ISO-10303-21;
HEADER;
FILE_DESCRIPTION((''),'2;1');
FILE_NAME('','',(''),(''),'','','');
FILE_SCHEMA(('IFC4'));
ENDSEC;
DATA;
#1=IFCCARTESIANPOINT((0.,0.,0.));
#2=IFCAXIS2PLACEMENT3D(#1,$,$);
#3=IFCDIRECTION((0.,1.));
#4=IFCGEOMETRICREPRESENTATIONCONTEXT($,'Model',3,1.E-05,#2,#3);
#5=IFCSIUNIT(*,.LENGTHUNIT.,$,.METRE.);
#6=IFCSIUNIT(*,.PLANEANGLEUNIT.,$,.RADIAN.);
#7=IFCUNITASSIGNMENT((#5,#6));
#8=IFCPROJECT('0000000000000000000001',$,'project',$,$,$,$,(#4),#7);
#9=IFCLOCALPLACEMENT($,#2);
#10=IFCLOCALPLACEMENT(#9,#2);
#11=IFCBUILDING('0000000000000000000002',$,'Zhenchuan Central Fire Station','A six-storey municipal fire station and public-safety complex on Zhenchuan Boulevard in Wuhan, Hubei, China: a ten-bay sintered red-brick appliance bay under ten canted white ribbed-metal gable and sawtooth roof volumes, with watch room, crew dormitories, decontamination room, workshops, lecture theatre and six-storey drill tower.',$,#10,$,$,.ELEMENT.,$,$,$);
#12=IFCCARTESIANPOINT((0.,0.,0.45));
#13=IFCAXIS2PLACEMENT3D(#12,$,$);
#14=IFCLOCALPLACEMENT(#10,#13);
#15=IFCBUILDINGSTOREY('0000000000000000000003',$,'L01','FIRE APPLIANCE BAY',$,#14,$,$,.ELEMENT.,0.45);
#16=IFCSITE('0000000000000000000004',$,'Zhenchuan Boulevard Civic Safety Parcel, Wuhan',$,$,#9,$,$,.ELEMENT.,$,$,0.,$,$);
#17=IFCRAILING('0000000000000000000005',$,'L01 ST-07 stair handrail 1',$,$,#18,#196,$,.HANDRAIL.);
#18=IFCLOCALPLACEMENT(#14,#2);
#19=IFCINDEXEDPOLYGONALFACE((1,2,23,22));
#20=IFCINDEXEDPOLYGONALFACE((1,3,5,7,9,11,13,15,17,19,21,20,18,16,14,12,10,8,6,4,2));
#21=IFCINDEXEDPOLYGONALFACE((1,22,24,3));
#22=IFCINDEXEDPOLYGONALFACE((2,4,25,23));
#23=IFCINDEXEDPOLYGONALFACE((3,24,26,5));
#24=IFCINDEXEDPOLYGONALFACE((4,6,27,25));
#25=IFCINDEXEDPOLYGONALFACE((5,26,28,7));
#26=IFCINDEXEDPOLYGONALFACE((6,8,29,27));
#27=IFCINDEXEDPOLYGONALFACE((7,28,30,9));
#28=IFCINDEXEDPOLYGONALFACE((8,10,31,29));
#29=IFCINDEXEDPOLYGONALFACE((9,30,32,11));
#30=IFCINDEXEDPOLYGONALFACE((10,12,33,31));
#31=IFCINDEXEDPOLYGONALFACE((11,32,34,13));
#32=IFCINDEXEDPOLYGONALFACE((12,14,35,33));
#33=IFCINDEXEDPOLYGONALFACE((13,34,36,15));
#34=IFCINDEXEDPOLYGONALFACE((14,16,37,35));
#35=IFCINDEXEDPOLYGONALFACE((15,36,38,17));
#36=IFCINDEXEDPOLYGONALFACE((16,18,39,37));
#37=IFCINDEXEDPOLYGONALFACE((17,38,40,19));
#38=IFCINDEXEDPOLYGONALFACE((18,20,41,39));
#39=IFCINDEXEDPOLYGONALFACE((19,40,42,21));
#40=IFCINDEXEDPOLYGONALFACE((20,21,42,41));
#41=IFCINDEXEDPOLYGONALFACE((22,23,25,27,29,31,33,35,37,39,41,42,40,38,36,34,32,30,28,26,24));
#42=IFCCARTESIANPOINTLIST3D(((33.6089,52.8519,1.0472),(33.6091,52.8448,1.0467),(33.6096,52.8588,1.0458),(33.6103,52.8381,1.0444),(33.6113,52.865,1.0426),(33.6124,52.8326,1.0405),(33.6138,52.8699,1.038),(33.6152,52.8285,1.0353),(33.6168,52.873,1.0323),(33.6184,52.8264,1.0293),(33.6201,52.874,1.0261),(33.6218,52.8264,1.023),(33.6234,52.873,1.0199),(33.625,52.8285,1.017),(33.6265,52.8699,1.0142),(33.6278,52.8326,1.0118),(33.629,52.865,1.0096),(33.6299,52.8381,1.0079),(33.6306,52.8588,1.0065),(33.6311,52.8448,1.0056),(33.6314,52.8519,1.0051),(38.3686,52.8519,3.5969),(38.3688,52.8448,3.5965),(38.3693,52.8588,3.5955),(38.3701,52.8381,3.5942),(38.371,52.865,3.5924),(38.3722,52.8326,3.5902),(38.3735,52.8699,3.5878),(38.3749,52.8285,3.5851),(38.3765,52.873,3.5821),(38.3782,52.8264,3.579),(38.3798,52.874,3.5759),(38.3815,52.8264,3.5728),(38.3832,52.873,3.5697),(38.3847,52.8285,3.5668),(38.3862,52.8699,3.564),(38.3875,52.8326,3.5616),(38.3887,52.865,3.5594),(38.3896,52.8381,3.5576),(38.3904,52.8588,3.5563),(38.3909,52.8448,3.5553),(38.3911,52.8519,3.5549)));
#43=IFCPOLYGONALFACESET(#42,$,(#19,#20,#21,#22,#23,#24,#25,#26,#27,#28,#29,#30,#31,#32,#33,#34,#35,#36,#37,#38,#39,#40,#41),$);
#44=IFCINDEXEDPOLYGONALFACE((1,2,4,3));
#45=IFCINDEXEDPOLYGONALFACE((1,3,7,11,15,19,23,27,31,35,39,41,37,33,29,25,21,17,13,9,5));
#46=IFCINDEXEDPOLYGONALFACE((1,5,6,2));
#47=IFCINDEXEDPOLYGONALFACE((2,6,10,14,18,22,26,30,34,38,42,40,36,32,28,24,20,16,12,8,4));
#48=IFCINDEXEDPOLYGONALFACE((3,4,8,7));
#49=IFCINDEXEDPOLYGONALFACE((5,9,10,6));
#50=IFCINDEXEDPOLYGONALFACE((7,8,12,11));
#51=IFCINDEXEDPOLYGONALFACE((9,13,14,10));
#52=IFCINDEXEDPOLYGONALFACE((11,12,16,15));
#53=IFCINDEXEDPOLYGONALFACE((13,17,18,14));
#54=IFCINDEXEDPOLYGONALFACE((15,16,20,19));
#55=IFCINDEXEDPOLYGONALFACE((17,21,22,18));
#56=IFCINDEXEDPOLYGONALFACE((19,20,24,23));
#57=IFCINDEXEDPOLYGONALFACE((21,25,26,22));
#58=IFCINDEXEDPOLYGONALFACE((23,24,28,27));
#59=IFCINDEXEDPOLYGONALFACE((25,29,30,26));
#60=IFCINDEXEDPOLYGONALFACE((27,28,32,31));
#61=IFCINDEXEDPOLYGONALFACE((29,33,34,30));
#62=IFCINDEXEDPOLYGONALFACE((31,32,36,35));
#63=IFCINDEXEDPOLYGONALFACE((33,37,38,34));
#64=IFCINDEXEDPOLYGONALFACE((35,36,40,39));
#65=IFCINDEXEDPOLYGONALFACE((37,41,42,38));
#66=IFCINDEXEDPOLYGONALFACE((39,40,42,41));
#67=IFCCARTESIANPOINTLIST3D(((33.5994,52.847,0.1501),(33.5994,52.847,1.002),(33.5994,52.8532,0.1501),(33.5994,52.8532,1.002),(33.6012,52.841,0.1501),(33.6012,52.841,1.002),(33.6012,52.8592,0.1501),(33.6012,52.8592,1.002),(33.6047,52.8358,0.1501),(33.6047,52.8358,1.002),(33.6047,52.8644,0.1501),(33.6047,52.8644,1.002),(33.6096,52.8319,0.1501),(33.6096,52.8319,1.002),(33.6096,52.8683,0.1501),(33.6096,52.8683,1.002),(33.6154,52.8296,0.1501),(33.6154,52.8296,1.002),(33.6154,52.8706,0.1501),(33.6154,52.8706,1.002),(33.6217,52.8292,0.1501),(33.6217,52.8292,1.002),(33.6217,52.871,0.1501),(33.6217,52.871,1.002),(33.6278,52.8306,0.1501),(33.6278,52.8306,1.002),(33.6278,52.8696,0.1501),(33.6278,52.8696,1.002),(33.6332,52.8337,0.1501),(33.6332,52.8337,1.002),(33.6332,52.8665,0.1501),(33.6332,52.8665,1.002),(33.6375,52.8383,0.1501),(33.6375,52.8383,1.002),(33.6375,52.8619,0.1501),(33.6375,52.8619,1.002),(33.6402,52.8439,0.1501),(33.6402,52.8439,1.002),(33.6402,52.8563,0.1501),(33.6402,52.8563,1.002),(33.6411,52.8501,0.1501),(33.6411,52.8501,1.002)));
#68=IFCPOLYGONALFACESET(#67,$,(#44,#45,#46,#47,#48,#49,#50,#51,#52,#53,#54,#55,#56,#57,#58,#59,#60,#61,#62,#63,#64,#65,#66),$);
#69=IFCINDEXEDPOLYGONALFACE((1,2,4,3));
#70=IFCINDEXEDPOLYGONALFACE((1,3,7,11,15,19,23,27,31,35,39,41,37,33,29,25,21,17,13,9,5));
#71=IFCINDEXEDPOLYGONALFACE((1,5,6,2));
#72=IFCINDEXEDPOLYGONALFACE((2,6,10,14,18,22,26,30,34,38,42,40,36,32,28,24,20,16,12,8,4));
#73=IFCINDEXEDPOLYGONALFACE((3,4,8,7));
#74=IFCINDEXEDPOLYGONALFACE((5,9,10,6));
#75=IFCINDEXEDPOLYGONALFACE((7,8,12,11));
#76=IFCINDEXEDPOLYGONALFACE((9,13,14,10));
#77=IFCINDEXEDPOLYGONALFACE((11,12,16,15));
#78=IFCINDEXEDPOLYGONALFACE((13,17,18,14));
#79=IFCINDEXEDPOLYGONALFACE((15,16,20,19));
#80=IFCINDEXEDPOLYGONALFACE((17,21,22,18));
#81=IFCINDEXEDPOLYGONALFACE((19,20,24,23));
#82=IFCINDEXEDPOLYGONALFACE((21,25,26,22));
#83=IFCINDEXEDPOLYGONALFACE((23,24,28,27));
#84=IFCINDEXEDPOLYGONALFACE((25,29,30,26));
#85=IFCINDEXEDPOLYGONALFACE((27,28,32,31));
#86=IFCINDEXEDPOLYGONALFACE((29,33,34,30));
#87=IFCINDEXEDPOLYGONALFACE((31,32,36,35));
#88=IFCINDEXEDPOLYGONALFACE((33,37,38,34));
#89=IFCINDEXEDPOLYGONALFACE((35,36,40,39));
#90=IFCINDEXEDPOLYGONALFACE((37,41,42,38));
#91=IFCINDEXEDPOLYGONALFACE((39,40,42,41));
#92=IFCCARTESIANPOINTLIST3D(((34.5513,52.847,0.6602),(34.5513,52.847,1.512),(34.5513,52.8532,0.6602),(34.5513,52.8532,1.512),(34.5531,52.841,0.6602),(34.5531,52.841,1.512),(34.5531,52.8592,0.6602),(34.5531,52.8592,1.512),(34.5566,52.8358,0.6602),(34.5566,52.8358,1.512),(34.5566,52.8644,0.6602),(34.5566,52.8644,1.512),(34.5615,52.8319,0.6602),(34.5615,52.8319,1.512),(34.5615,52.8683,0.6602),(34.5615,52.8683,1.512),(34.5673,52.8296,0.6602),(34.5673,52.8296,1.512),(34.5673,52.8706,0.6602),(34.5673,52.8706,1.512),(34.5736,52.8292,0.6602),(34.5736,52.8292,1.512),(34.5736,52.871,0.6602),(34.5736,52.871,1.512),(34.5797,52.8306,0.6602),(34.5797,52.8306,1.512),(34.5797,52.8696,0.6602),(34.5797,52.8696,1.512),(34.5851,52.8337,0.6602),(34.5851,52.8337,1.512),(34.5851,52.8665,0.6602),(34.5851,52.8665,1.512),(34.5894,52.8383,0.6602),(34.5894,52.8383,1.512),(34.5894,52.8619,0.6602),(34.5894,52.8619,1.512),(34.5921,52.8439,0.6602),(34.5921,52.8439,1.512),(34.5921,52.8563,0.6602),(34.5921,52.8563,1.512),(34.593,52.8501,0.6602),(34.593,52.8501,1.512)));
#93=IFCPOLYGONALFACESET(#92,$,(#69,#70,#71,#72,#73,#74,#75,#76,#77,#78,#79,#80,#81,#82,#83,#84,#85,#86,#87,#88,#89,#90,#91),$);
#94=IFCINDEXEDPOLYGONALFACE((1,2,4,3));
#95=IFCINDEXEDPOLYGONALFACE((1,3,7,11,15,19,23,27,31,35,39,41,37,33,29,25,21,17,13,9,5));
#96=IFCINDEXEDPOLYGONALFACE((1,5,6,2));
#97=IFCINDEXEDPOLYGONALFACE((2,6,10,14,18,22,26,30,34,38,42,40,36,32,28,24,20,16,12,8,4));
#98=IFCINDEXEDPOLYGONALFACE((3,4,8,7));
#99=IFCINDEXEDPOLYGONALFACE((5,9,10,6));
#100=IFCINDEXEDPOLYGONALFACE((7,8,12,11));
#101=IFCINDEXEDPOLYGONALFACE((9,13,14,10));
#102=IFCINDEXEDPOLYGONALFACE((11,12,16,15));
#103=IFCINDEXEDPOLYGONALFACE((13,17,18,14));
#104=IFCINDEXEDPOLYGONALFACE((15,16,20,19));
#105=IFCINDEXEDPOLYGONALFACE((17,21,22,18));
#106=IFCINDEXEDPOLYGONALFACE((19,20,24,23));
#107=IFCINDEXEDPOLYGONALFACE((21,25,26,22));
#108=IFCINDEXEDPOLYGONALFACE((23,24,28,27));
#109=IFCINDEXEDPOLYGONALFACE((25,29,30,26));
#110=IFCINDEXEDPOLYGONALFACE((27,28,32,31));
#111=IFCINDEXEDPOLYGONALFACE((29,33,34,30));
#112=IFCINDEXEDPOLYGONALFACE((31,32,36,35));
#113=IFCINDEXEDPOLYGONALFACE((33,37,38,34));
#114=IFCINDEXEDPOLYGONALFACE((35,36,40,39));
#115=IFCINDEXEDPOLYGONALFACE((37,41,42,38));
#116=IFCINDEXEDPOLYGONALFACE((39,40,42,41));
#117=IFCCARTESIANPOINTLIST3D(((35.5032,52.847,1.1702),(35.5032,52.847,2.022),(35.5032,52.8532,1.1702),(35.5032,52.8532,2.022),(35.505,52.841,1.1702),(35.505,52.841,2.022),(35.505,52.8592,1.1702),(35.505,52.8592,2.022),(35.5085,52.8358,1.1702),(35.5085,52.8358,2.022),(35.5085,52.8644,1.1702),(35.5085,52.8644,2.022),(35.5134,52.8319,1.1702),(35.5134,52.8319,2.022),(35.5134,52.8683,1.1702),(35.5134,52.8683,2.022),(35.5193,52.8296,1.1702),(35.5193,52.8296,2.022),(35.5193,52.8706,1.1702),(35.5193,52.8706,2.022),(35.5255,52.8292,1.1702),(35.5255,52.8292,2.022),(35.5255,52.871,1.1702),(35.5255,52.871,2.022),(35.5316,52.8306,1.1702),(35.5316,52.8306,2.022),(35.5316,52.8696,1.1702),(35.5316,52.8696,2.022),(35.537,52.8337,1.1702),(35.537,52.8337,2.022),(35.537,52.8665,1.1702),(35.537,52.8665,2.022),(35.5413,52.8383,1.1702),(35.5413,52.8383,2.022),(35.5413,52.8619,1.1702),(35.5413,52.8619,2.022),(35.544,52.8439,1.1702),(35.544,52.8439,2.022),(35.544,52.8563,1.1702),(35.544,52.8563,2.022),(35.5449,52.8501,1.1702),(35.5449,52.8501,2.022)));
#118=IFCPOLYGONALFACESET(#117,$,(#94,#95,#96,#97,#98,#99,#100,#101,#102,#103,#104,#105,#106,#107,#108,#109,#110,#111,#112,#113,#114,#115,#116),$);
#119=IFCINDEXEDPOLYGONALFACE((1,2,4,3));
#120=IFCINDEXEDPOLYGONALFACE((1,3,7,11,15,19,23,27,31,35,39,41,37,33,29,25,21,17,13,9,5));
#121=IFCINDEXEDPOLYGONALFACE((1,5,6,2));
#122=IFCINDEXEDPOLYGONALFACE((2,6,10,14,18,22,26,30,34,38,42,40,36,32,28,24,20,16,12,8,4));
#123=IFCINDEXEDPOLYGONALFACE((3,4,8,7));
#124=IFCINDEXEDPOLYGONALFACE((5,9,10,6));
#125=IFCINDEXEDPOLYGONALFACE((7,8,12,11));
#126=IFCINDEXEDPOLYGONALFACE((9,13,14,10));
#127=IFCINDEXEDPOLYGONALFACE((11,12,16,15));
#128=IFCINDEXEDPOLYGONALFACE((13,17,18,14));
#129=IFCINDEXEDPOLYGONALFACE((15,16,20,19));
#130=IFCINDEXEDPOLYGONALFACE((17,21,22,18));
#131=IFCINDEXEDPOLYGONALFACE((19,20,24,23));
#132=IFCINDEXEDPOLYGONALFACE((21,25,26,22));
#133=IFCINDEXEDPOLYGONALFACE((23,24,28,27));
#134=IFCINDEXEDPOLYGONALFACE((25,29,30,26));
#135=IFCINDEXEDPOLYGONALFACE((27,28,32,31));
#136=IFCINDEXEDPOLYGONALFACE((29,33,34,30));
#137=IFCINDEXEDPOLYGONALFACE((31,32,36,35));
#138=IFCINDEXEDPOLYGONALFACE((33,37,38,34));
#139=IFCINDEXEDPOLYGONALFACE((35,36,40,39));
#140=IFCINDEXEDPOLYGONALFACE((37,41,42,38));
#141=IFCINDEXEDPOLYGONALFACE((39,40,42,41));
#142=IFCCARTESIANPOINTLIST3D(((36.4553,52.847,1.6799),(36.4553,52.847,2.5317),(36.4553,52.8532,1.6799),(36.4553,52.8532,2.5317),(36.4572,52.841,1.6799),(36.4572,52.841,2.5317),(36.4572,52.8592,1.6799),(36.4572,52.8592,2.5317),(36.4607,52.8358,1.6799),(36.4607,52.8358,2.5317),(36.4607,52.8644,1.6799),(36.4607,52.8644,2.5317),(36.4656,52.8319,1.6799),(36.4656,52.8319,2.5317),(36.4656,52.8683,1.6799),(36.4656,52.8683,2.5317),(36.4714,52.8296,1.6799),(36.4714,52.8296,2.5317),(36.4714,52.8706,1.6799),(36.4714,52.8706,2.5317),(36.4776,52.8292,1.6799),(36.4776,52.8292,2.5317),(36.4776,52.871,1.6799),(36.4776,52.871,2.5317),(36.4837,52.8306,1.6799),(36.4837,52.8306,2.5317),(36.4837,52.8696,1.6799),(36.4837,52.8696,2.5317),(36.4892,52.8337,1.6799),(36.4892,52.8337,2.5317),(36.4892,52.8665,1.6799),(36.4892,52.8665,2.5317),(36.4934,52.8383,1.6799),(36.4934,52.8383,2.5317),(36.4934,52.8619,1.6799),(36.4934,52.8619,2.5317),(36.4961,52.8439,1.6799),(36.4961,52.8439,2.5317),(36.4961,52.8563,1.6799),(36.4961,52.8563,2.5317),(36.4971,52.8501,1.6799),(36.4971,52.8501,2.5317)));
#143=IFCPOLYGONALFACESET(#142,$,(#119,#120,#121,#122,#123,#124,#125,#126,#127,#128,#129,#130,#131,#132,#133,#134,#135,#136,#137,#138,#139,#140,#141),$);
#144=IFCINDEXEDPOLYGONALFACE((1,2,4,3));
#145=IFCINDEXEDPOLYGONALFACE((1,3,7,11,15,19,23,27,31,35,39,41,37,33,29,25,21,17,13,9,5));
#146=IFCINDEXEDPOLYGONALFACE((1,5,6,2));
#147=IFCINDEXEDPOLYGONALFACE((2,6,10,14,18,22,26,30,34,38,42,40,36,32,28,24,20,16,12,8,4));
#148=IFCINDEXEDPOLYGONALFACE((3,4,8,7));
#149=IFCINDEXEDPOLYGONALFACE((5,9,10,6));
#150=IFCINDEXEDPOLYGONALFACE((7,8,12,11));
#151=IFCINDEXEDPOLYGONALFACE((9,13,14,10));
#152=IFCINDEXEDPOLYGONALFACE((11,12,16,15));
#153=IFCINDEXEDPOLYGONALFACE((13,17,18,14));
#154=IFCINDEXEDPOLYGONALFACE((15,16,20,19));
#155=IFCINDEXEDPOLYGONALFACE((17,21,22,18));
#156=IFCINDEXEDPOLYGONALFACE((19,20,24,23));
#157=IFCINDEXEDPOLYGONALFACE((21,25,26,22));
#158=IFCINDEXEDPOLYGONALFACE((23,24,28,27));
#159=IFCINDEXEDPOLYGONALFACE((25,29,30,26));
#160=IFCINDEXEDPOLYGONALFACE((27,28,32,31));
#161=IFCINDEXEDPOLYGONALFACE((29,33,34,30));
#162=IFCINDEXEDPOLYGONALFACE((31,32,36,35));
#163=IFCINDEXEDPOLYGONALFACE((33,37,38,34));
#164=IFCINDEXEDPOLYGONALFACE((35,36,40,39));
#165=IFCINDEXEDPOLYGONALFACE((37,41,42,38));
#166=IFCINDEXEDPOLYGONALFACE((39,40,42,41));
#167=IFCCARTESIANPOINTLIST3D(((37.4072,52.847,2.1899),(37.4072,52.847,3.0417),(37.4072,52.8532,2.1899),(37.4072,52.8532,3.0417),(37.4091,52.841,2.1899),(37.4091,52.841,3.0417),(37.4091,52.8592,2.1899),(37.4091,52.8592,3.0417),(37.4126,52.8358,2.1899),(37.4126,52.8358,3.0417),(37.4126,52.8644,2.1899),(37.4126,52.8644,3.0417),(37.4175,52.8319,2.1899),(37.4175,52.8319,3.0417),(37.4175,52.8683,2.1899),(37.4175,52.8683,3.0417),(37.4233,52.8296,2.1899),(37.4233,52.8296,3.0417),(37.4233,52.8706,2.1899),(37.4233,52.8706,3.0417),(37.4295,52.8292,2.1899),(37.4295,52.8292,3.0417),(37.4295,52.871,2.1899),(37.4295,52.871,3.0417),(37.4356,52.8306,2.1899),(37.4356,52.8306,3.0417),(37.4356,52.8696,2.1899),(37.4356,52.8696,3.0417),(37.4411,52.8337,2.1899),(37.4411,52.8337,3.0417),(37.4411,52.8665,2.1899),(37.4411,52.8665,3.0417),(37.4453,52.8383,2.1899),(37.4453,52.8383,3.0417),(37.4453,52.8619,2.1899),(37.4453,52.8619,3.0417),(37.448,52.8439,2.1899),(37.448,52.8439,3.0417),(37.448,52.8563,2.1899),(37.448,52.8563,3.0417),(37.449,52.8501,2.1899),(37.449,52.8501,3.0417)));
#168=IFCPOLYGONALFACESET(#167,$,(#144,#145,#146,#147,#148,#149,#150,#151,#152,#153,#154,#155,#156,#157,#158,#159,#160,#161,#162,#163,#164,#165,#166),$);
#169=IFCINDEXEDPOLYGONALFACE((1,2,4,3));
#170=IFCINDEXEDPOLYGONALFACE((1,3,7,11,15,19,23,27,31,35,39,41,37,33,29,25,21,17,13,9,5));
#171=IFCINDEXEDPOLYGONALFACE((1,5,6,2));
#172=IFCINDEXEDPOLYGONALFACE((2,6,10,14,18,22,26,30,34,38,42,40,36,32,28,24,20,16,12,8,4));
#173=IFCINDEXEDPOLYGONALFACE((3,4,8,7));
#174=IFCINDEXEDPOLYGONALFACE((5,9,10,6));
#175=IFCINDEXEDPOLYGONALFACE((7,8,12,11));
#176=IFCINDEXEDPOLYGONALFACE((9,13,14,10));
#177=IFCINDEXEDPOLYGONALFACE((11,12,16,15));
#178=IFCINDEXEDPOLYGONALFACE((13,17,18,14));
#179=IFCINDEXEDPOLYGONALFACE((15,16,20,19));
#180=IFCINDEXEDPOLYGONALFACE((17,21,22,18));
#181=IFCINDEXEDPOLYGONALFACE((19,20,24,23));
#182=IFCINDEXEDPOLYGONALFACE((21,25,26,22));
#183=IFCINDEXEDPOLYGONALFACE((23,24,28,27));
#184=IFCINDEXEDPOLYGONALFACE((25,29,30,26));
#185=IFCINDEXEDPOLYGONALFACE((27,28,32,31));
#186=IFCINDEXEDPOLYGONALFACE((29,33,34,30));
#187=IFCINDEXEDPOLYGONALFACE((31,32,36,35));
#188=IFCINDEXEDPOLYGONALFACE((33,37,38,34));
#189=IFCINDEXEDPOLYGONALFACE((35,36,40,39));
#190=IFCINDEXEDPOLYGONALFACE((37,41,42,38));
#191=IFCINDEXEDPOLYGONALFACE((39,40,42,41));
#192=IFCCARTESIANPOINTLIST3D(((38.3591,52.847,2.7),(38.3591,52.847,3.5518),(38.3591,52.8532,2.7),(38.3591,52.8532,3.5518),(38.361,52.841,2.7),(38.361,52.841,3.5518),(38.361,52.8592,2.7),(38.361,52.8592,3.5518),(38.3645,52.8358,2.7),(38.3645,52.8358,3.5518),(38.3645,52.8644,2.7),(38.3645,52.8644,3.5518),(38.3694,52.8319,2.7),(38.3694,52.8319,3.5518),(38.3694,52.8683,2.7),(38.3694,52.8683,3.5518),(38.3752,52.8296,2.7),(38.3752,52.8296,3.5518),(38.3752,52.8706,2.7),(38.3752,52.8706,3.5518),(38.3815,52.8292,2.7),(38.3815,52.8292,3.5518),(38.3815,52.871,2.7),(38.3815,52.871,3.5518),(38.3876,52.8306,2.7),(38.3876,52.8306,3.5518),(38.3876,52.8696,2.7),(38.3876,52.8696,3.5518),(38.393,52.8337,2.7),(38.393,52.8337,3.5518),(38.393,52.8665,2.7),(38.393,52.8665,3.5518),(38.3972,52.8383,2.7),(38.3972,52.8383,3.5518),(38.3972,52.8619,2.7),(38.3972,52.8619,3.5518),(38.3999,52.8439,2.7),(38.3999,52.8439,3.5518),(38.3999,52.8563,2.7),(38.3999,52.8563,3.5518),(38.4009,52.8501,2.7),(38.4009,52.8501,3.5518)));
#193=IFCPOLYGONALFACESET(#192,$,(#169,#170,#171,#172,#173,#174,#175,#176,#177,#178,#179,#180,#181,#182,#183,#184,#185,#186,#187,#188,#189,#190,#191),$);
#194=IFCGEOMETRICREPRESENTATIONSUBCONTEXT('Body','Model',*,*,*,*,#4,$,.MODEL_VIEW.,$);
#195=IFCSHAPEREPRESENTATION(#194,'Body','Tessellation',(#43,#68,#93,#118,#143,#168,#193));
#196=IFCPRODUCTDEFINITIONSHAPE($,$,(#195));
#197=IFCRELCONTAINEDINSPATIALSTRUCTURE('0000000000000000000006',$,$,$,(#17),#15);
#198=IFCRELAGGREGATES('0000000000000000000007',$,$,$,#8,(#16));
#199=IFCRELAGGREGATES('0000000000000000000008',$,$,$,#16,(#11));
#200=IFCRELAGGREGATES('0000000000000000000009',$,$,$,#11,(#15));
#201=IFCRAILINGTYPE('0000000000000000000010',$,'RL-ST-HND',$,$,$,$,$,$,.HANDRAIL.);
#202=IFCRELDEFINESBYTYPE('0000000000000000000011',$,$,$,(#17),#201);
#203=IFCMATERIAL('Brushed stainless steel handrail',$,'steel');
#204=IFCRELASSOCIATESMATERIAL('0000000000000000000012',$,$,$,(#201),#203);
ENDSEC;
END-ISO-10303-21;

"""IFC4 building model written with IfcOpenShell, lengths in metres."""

from ifc_helpers import new_model, si_unit, direction, frame, origin, origin_2d, place, context, subcontext, project, spatial, circle, extrude, material, type_object, element, save


model = new_model("IFC4")

# Units and contexts
model_context = context("Model", 3, precision=1e-05, world=origin(), true_north=direction((0.0, 1.0)))
body_context = subcontext(model_context, "Body", "Model", "MODEL_VIEW")
ifc_project = project(units=[si_unit("LENGTHUNIT", "METRE"), si_unit("PLANEANGLEUNIT", "RADIAN")], contexts=[model_context])

# Site, building, storey
site_placement = place(None, origin())
site = spatial("IfcSite", under=ifc_project, at=site_placement, Name="Zhenchuan Boulevard Civic Safety Parcel, Wuhan", CompositionType="ELEMENT", RefElevation=0.0)
building_placement = place(site_placement, origin())
building = spatial("IfcBuilding", under=site, at=building_placement, Name="Zhenchuan Central Fire Station", Description="A six-storey municipal fire station and public-safety complex on Zhenchuan Boulevard in Wuhan, Hubei, China: a ten-bay sintered red-brick appliance bay under ten canted white ribbed-metal gable and sawtooth roof volumes, with watch room, crew dormitories, decontamination room, workshops, lecture theatre and six-storey drill tower.", CompositionType="ELEMENT")
storey_placement = place(building_placement, frame((0.0, 0.0, 0.45)))
storey = spatial("IfcBuildingStorey", under=building, at=storey_placement, Name="L01", Description="FIRE APPLIANCE BAY", CompositionType="ELEMENT", Elevation=0.45)

# Railing
ifc_material_1 = material(Name="Brushed stainless steel handrail", Category="steel")
railing_type_1 = type_object("IfcRailingType", Name="RL-ST-HND", PredefinedType="HANDRAIL", material=ifc_material_1)
railing_1_placement = place(storey_placement, frame((33.6201, 52.8501, 0.1501)))
element("IfcRailing", 1, at=railing_1_placement, inside=storey, type_object=railing_type_1, Name="L01 ST-07 stair handrail 1", PredefinedType="HANDRAIL", context=body_context, shape_type="SweptSolid", body=[
    extrude(circle(Radius=0.0239, at=origin_2d()), frame((0.0, 0.0, 0.876), z_axis=(0.881485, 0.0, 0.472211), x_axis=(0.0, 1.0, 0.0)), (0.0, 0.0, 1.0), 5.3997),
    extrude(circle(Radius=0.021, at=origin_2d()), origin(), (0.0, 0.0, 1.0), 0.8518),
    extrude(circle(Radius=0.021, at=origin_2d()), frame((0.9519, 0.0, 0.51)), (0.0, 0.0, 1.0), 0.8518),
    extrude(circle(Radius=0.021, at=origin_2d()), frame((1.9038, 0.0, 1.02)), (0.0, 0.0, 1.0), 0.8518),
    extrude(circle(Radius=0.021, at=origin_2d()), frame((2.856, 0.0, 1.5298)), (0.0, 0.0, 1.0), 0.8518),
    extrude(circle(Radius=0.021, at=origin_2d()), frame((3.8079, 0.0, 2.0398)), (0.0, 0.0, 1.0), 0.8518),
    extrude(circle(Radius=0.021, at=origin_2d()), frame((4.7598, 0.0, 2.5498)), (0.0, 0.0, 1.0), 0.8518),
])

save(model, "model.ifc")
